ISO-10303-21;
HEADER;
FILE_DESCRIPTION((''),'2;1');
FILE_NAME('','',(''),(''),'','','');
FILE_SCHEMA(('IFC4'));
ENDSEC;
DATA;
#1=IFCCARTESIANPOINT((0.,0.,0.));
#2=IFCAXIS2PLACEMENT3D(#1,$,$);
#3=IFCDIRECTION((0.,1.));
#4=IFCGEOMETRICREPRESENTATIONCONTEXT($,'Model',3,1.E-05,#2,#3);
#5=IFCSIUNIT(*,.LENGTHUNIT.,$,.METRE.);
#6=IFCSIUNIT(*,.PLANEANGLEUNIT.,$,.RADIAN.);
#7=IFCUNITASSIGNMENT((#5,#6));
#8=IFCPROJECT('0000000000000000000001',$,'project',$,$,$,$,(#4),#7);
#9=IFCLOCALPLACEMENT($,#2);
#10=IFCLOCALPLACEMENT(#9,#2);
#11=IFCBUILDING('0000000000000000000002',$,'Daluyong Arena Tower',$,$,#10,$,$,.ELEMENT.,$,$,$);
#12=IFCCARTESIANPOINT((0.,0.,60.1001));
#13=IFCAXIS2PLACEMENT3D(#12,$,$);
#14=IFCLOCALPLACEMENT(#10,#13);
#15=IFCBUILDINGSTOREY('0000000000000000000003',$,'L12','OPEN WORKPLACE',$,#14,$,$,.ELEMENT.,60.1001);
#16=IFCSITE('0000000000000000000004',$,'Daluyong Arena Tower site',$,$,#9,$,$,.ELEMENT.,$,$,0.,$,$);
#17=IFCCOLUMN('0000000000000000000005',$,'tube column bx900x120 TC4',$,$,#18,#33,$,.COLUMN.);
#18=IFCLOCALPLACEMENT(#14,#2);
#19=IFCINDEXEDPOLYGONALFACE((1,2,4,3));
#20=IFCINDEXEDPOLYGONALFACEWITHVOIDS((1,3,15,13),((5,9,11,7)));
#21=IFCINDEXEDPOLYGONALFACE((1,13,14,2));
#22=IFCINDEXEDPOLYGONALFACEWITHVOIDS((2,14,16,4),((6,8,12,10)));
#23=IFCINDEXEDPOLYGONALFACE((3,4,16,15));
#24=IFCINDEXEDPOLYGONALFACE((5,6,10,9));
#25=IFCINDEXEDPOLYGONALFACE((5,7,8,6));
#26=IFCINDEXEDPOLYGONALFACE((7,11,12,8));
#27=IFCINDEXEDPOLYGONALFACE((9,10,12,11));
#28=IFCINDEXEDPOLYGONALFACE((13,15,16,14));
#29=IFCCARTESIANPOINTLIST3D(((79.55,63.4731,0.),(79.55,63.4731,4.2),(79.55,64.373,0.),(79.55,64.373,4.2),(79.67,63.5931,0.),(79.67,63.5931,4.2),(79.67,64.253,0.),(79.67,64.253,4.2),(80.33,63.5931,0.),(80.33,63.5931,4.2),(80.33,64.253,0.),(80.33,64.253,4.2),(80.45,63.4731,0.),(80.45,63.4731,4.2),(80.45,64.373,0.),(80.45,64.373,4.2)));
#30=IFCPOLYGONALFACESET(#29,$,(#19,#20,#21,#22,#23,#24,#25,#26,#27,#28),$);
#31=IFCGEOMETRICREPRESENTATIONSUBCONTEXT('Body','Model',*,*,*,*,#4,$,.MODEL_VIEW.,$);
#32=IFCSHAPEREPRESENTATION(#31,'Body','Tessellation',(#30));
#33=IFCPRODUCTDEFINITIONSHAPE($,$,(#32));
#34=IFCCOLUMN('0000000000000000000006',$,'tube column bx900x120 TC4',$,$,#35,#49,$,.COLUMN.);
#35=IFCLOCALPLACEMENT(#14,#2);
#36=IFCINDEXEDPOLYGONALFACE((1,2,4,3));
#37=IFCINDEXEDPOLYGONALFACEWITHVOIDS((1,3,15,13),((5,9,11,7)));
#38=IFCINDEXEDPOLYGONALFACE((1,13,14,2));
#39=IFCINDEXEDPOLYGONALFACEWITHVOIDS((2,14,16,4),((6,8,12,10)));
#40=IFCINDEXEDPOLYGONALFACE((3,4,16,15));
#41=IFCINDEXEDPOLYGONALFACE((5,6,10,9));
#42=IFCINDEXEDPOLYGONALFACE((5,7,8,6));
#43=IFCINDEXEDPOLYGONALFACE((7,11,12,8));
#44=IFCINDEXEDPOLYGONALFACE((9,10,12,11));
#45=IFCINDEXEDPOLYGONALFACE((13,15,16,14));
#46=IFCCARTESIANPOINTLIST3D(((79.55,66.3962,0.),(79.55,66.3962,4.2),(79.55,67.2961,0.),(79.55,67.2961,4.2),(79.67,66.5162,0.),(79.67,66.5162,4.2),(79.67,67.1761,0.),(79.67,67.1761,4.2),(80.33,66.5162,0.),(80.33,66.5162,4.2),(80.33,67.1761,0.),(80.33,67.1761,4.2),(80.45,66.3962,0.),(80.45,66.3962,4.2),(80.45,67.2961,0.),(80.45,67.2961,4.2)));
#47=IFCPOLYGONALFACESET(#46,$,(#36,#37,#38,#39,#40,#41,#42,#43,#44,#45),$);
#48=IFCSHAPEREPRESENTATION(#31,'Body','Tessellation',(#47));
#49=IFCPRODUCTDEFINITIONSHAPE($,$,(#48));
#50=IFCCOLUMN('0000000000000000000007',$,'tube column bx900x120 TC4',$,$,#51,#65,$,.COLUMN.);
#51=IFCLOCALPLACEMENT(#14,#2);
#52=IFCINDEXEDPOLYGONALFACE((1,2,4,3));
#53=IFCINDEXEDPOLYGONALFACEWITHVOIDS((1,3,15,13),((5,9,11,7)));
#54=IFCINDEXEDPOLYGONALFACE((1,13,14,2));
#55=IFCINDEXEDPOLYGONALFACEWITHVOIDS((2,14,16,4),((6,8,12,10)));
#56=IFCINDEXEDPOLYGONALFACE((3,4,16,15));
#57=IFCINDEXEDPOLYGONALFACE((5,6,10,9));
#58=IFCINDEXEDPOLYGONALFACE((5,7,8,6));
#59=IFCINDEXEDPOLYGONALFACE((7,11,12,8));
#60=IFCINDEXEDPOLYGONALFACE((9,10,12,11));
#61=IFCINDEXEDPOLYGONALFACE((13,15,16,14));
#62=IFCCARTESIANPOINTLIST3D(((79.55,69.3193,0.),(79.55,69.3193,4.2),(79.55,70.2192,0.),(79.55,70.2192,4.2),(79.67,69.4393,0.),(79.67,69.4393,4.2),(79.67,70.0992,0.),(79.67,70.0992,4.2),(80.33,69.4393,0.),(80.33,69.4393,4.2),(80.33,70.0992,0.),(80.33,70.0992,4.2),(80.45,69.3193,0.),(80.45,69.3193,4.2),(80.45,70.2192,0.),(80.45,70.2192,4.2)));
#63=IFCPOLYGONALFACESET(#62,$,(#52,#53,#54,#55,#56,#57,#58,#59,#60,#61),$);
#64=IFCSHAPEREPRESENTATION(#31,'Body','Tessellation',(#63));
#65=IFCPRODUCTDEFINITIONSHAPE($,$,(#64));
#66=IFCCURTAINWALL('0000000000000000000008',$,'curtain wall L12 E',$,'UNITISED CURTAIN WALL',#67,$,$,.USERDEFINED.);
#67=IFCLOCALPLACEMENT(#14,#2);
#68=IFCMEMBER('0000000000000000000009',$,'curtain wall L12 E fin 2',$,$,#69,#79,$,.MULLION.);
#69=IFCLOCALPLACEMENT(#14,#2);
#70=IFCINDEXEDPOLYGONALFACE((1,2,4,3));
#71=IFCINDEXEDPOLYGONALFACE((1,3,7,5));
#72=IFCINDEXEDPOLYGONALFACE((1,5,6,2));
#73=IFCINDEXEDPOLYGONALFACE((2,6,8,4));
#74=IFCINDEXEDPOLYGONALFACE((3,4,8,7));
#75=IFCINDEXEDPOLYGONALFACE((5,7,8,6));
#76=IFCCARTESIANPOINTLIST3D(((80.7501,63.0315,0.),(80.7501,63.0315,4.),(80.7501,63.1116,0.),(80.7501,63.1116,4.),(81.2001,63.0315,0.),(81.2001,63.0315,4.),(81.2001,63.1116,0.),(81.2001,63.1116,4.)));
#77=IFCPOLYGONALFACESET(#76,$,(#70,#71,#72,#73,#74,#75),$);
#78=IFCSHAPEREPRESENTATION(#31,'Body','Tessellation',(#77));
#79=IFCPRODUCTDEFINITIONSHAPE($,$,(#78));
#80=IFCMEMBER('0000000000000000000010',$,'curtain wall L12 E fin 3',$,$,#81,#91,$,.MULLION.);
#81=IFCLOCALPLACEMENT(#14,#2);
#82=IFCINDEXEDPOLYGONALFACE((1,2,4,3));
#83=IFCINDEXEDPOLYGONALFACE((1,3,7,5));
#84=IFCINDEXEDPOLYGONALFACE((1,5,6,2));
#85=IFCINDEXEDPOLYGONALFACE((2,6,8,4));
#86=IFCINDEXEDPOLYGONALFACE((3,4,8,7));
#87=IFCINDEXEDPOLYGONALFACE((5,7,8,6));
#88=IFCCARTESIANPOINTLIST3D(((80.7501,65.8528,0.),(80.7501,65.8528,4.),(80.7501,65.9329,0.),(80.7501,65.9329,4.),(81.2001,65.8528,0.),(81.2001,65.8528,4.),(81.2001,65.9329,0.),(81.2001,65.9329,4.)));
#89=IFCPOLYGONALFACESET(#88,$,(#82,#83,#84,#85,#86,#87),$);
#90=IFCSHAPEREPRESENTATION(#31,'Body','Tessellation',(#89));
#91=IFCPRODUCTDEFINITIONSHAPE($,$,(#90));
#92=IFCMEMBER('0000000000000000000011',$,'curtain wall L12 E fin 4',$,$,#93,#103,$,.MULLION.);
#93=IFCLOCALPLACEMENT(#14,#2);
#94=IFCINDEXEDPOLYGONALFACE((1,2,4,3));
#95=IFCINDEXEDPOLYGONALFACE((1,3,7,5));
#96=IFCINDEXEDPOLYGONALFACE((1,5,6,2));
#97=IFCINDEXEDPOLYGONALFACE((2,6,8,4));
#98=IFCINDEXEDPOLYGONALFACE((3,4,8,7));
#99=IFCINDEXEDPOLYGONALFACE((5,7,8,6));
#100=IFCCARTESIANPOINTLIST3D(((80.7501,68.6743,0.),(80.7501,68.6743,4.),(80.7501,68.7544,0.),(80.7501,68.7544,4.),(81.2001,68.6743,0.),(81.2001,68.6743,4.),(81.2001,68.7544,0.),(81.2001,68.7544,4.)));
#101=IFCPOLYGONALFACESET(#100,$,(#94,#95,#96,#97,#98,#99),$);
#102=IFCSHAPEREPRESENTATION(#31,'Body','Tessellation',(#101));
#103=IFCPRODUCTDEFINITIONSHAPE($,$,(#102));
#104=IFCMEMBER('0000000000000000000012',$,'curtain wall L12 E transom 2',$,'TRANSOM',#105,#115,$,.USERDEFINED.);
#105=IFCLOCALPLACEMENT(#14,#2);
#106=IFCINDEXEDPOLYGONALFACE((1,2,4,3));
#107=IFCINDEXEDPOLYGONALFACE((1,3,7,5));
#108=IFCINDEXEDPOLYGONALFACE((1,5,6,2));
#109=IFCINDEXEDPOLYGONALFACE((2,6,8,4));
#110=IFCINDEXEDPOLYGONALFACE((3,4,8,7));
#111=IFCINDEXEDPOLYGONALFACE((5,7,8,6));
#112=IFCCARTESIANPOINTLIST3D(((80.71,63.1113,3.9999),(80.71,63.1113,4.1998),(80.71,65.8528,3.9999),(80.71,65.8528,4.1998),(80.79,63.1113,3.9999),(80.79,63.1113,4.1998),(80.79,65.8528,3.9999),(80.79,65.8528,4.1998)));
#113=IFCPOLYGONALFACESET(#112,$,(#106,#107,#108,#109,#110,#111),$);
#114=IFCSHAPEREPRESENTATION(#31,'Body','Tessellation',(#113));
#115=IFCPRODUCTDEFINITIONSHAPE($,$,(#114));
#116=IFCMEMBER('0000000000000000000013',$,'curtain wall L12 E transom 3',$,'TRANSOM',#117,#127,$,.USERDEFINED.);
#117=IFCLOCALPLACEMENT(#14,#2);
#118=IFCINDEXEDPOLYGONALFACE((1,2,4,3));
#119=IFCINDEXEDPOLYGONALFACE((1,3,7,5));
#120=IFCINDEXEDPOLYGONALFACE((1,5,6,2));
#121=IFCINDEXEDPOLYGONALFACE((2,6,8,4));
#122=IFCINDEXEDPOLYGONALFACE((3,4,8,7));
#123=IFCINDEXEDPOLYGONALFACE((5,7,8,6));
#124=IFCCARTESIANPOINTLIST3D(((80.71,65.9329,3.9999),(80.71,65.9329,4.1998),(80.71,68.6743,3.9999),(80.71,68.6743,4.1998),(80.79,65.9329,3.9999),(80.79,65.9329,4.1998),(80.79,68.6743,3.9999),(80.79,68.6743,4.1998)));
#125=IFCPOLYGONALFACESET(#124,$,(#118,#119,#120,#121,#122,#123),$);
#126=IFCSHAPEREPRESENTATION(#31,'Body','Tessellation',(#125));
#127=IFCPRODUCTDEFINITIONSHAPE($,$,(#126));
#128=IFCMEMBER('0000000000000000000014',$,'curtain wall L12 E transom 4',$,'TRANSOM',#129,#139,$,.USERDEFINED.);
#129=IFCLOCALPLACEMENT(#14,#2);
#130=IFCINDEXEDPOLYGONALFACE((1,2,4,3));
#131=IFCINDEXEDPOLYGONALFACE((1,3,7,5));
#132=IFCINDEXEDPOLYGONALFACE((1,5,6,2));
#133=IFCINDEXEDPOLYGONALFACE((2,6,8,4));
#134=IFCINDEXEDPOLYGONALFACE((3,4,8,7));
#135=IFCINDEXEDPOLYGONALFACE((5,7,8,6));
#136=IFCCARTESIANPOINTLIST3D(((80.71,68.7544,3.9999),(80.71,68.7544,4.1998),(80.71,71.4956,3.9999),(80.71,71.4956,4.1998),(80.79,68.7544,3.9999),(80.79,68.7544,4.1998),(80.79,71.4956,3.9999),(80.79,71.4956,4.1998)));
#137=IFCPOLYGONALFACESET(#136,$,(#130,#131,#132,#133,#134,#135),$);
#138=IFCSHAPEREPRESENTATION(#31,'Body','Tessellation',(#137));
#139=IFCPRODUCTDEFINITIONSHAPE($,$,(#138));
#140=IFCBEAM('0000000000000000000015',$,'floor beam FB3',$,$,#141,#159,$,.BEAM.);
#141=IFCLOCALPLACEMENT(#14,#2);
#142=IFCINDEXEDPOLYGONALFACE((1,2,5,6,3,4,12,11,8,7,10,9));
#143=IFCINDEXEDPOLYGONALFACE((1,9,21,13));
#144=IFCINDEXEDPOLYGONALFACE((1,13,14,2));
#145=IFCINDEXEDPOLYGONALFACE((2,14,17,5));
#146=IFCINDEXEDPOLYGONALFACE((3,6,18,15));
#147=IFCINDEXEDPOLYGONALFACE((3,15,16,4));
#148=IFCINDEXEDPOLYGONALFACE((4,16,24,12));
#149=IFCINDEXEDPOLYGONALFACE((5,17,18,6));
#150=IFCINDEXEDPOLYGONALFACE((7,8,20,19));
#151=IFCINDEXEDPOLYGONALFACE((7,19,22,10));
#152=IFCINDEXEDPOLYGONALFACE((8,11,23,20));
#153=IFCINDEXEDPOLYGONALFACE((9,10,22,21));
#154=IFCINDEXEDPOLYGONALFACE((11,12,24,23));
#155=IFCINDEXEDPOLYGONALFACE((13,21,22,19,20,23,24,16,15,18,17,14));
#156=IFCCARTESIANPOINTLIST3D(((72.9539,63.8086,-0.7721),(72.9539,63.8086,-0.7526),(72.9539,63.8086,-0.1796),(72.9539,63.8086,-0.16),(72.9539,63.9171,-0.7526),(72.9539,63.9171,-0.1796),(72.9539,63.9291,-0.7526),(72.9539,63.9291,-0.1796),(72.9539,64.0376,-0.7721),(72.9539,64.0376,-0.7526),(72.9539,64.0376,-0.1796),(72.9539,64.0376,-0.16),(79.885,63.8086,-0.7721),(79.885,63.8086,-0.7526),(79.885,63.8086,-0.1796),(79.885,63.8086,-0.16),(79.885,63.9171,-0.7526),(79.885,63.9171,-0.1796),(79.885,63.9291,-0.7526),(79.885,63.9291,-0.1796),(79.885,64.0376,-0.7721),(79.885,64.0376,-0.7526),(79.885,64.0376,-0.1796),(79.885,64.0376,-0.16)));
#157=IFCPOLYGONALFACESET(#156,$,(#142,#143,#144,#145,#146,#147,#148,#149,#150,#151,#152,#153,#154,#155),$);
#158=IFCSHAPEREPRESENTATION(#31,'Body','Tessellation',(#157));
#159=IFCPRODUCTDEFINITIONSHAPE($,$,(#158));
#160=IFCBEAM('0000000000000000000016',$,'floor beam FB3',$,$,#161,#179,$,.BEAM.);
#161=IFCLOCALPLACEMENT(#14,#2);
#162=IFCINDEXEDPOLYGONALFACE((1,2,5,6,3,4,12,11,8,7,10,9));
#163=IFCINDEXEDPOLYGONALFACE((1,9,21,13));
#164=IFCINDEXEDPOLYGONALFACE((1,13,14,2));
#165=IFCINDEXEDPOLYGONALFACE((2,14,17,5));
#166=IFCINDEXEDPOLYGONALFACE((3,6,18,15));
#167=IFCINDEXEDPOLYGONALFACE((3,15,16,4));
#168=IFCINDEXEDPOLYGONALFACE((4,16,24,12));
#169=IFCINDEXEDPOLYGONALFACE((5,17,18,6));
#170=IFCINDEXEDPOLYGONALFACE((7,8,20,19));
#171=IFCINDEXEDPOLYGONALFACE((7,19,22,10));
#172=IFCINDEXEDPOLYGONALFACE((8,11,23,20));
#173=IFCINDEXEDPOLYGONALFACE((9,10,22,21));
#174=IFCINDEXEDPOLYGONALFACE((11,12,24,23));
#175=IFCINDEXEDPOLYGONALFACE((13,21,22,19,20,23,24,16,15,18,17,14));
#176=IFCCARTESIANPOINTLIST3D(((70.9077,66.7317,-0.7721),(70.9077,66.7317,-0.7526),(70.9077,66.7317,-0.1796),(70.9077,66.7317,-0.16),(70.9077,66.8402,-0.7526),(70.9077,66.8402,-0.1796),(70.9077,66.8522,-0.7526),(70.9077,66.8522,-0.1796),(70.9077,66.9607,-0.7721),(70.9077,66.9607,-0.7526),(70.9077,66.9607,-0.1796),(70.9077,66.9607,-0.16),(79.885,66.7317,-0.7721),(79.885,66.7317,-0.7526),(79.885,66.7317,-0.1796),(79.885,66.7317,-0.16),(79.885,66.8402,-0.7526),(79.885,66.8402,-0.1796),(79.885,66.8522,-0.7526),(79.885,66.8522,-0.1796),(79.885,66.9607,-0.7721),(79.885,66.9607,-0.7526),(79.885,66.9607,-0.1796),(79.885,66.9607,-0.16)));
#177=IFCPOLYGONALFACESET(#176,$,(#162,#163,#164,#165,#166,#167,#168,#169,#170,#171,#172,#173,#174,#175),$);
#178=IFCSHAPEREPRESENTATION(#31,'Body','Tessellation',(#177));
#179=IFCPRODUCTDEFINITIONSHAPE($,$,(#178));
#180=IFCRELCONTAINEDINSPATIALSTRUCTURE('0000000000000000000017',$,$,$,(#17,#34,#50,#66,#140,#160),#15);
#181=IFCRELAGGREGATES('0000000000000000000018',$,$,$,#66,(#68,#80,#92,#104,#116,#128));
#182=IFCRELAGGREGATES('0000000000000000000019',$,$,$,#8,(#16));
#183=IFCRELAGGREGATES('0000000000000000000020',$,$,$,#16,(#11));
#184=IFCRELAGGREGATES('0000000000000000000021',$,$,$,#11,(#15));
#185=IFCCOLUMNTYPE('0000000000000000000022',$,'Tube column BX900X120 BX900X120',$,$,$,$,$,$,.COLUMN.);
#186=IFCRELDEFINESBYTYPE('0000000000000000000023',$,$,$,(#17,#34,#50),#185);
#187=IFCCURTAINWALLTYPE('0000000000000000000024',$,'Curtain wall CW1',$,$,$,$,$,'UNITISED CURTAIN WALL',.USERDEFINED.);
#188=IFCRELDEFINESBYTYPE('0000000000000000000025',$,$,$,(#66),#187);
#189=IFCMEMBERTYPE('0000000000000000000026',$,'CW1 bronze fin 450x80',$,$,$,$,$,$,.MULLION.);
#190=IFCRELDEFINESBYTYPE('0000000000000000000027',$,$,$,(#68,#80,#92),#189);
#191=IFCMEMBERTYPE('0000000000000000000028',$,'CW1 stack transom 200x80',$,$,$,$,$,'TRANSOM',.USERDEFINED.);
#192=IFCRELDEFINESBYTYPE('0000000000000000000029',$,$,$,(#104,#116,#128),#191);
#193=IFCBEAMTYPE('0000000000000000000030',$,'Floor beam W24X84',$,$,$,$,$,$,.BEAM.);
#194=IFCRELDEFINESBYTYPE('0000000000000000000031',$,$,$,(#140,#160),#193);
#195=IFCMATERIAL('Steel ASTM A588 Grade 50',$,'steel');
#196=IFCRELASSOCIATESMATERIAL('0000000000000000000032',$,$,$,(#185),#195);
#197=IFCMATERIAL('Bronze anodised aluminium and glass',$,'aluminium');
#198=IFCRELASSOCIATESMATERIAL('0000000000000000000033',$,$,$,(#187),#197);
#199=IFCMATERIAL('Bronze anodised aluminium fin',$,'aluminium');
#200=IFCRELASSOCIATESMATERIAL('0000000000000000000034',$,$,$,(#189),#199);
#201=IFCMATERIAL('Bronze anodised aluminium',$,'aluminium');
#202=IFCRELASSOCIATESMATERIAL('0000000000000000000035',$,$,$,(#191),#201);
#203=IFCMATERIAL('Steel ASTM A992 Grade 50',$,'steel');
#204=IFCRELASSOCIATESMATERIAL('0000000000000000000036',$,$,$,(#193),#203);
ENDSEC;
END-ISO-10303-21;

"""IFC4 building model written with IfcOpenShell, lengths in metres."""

from ifc_helpers import new_model, si_unit, direction, frame, origin, origin_2d, place, context, subcontext, project, spatial, rectangle, hollow_rectangle, i_section, extrude, material, material_profile, profile_set, type_object, element, aggregate, save


model = new_model("IFC4")

# Units and contexts
model_context = context("Model", 3, precision=1e-05, world=origin(), true_north=direction((0.0, 1.0)))
body_context = subcontext(model_context, "Body", "Model", "MODEL_VIEW")
ifc_project = project(units=[si_unit("LENGTHUNIT", "METRE"), si_unit("PLANEANGLEUNIT", "RADIAN")], contexts=[model_context])

# Site, building, storey
site_placement = place(None, origin())
site = spatial("IfcSite", under=ifc_project, at=site_placement, Name="Daluyong Arena Tower site", CompositionType="ELEMENT", RefElevation=0.0)
building_placement = place(site_placement, origin())
building = spatial("IfcBuilding", under=site, at=building_placement, Name="Daluyong Arena Tower", CompositionType="ELEMENT")
storey_placement = place(building_placement, frame((0.0, 0.0, 60.1001)))
storey = spatial("IfcBuildingStorey", under=building, at=storey_placement, Name="L12", Description="OPEN WORKPLACE", CompositionType="ELEMENT", Elevation=60.1001)

# Columns
ifc_material_1 = material(Name="Steel ASTM A588 Grade 50", Category="steel")
ifc_material_profile_1 = material_profile(ifc_material_1, hollow_rectangle(XDim=0.8999, YDim=0.8999, WallThickness=0.12, at=origin_2d()))
ifc_profile_set_1 = profile_set([ifc_material_profile_1], Name="Steel ASTM A588 Grade 50")
column_type = type_object("IfcColumnType", Name="Tube column BX900X120 BX900X120", PredefinedType="COLUMN", material=ifc_profile_set_1)
for number, where, z_axis, x_axis, name in (
    (1, (80.0, 63.9231, 0.0), (0.0, 0.0, 1.0), (0.0, 1.0, 0.0), "tube column bx900x120 TC4"),
    (2, (80.0, 66.8462, 0.0), (0.0, 0.0, 1.0), (0.0, 1.0, 0.0), "tube column bx900x120 TC4"),
    (3, (80.0, 69.7693, 0.0), (0.0, 0.0, 1.0), (0.0, 1.0, 0.0), "tube column bx900x120 TC4"),
):
    element("IfcColumn", number, at=place(storey_placement, frame(where, z_axis=z_axis, x_axis=x_axis)), inside=storey, type_object=column_type, Name=name, PredefinedType="COLUMN", context=body_context, shape_type="SweptSolid", body=[
        extrude(hollow_rectangle(XDim=0.8999, YDim=0.8999, WallThickness=0.12, at=origin_2d()), origin(), (0.0, 0.0, 1.0), 4.2),
    ])

# Curtain wall, members
ifc_material_2 = material(Name="Bronze anodised aluminium and glass", Category="aluminium")
curtain_wall_type = type_object("IfcCurtainWallType", Name="Curtain wall CW1", ElementType="UNITISED CURTAIN WALL", PredefinedType="USERDEFINED", material=ifc_material_2)
curtain_wall_placement = place(storey_placement, origin())
curtain_wall = element("IfcCurtainWall", 4, at=curtain_wall_placement, inside=storey, type_object=curtain_wall_type, Name="curtain wall L12 E", ObjectType="UNITISED CURTAIN WALL", PredefinedType="USERDEFINED")
ifc_material_3 = material(Name="Bronze anodised aluminium fin", Category="aluminium")
ifc_material_profile_2 = material_profile(ifc_material_3, rectangle(XDim=0.45, YDim=0.0801, at=origin_2d()))
ifc_profile_set_2 = profile_set([ifc_material_profile_2], Name="Bronze anodised aluminium fin")
member_type_1 = type_object("IfcMemberType", Name="CW1 bronze fin 450x80", PredefinedType="MULLION", material=ifc_profile_set_2)
member_1_placement = place(storey_placement, frame((80.9751, 63.0715, 0.0), z_axis=(0.0, 0.0, 1.0), x_axis=(-1.0, 0.0, 0.0)))
member_1 = element("IfcMember", 5, at=member_1_placement, type_object=member_type_1, Name="curtain wall L12 E fin 2", PredefinedType="MULLION", context=body_context, shape_type="SweptSolid", body=[
    extrude(rectangle(XDim=0.45, YDim=0.0801, at=origin_2d()), origin(), (0.0, 0.0, 1.0), 4.0),
])
member_2_placement = place(storey_placement, frame((80.9751, 65.8928, 0.0), z_axis=(0.0, 0.0, 1.0), x_axis=(-1.0, 0.0, 0.0)))
member_2 = element("IfcMember", 6, at=member_2_placement, type_object=member_type_1, Name="curtain wall L12 E fin 3", PredefinedType="MULLION", context=body_context, shape_type="SweptSolid", body=[
    extrude(rectangle(XDim=0.45, YDim=0.0801, at=origin_2d()), origin(), (0.0, 0.0, 1.0), 4.0),
])
member_3_placement = place(storey_placement, frame((80.9751, 68.7144, 0.0), z_axis=(0.0, 0.0, 1.0), x_axis=(-1.0, 0.0, 0.0)))
member_3 = element("IfcMember", 7, at=member_3_placement, type_object=member_type_1, Name="curtain wall L12 E fin 4", PredefinedType="MULLION", context=body_context, shape_type="SweptSolid", body=[
    extrude(rectangle(XDim=0.45, YDim=0.0801, at=origin_2d()), origin(), (0.0, 0.0, 1.0), 4.0),
])
ifc_material_4 = material(Name="Bronze anodised aluminium", Category="aluminium")
ifc_material_profile_3 = material_profile(ifc_material_4, rectangle(XDim=0.0801, YDim=0.2, at=origin_2d()))
ifc_profile_set_3 = profile_set([ifc_material_profile_3], Name="Bronze anodised aluminium")
member_type_2 = type_object("IfcMemberType", Name="CW1 stack transom 200x80", ElementType="TRANSOM", PredefinedType="USERDEFINED", material=ifc_profile_set_3)
member_4_placement = place(storey_placement, frame((80.75, 63.1113, 4.0999), z_axis=(0.0, 1.0, 0.0), x_axis=(-1.0, 0.0, 0.0)))
member_4 = element("IfcMember", 8, at=member_4_placement, type_object=member_type_2, Name="curtain wall L12 E transom 2", ObjectType="TRANSOM", PredefinedType="USERDEFINED", context=body_context, shape_type="SweptSolid", body=[
    extrude(rectangle(XDim=0.0801, YDim=0.2, at=origin_2d()), origin(), (0.0, 0.0, 1.0), 2.7415),
])
member_5_placement = place(storey_placement, frame((80.75, 65.9329, 4.0999), z_axis=(0.0, 1.0, 0.0), x_axis=(-1.0, 0.0, 0.0)))
member_5 = element("IfcMember", 9, at=member_5_placement, type_object=member_type_2, Name="curtain wall L12 E transom 3", ObjectType="TRANSOM", PredefinedType="USERDEFINED", context=body_context, shape_type="SweptSolid", body=[
    extrude(rectangle(XDim=0.0801, YDim=0.2, at=origin_2d()), origin(), (0.0, 0.0, 1.0), 2.7415),
])
member_6_placement = place(storey_placement, frame((80.75, 68.7544, 4.0999), z_axis=(0.0, 1.0, 0.0), x_axis=(-1.0, 0.0, 0.0)))
member_6 = element("IfcMember", 10, at=member_6_placement, type_object=member_type_2, Name="curtain wall L12 E transom 4", ObjectType="TRANSOM", PredefinedType="USERDEFINED", context=body_context, shape_type="SweptSolid", body=[
    extrude(rectangle(XDim=0.0801, YDim=0.2, at=origin_2d()), origin(), (0.0, 0.0, 1.0), 2.7412),
])

# Beams
ifc_material_5 = material(Name="Steel ASTM A992 Grade 50", Category="steel")
ifc_material_profile_4 = material_profile(ifc_material_5, i_section(OverallWidth=0.229, OverallDepth=0.6121, WebThickness=0.012, FlangeThickness=0.0195, at=origin_2d()))
ifc_profile_set_4 = profile_set([ifc_material_profile_4], Name="Steel ASTM A992 Grade 50")
beam_type_1 = type_object("IfcBeamType", Name="Floor beam W24X84", PredefinedType="BEAM", material=ifc_profile_set_4)
beam_1_placement = place(storey_placement, frame((79.885, 63.9231, -0.4661), z_axis=(-1.0, 0.0, 0.0), x_axis=(0.0, -1.0, 0.0)))
element("IfcBeam", 11, at=beam_1_placement, inside=storey, type_object=beam_type_1, Name="floor beam FB3", PredefinedType="BEAM", context=body_context, shape_type="SweptSolid", body=[
    extrude(i_section(OverallWidth=0.229, OverallDepth=0.6121, WebThickness=0.012, FlangeThickness=0.0195, at=origin_2d()), origin(), (0.0, 0.0, 1.0), 6.9312),
])
beam_2_placement = place(storey_placement, frame((79.885, 66.8462, -0.4661), z_axis=(-1.0, 0.0, 0.0), x_axis=(0.0, -1.0, 0.0)))
element("IfcBeam", 12, at=beam_2_placement, inside=storey, type_object=beam_type_1, Name="floor beam FB3", PredefinedType="BEAM", context=body_context, shape_type="SweptSolid", body=[
    extrude(i_section(OverallWidth=0.229, OverallDepth=0.6121, WebThickness=0.012, FlangeThickness=0.0195, at=origin_2d()), origin(), (0.0, 0.0, 1.0), 8.9773),
])

aggregate(curtain_wall, [member_1, member_2, member_3, member_4, member_5, member_6])

save(model, "model.ifc")
